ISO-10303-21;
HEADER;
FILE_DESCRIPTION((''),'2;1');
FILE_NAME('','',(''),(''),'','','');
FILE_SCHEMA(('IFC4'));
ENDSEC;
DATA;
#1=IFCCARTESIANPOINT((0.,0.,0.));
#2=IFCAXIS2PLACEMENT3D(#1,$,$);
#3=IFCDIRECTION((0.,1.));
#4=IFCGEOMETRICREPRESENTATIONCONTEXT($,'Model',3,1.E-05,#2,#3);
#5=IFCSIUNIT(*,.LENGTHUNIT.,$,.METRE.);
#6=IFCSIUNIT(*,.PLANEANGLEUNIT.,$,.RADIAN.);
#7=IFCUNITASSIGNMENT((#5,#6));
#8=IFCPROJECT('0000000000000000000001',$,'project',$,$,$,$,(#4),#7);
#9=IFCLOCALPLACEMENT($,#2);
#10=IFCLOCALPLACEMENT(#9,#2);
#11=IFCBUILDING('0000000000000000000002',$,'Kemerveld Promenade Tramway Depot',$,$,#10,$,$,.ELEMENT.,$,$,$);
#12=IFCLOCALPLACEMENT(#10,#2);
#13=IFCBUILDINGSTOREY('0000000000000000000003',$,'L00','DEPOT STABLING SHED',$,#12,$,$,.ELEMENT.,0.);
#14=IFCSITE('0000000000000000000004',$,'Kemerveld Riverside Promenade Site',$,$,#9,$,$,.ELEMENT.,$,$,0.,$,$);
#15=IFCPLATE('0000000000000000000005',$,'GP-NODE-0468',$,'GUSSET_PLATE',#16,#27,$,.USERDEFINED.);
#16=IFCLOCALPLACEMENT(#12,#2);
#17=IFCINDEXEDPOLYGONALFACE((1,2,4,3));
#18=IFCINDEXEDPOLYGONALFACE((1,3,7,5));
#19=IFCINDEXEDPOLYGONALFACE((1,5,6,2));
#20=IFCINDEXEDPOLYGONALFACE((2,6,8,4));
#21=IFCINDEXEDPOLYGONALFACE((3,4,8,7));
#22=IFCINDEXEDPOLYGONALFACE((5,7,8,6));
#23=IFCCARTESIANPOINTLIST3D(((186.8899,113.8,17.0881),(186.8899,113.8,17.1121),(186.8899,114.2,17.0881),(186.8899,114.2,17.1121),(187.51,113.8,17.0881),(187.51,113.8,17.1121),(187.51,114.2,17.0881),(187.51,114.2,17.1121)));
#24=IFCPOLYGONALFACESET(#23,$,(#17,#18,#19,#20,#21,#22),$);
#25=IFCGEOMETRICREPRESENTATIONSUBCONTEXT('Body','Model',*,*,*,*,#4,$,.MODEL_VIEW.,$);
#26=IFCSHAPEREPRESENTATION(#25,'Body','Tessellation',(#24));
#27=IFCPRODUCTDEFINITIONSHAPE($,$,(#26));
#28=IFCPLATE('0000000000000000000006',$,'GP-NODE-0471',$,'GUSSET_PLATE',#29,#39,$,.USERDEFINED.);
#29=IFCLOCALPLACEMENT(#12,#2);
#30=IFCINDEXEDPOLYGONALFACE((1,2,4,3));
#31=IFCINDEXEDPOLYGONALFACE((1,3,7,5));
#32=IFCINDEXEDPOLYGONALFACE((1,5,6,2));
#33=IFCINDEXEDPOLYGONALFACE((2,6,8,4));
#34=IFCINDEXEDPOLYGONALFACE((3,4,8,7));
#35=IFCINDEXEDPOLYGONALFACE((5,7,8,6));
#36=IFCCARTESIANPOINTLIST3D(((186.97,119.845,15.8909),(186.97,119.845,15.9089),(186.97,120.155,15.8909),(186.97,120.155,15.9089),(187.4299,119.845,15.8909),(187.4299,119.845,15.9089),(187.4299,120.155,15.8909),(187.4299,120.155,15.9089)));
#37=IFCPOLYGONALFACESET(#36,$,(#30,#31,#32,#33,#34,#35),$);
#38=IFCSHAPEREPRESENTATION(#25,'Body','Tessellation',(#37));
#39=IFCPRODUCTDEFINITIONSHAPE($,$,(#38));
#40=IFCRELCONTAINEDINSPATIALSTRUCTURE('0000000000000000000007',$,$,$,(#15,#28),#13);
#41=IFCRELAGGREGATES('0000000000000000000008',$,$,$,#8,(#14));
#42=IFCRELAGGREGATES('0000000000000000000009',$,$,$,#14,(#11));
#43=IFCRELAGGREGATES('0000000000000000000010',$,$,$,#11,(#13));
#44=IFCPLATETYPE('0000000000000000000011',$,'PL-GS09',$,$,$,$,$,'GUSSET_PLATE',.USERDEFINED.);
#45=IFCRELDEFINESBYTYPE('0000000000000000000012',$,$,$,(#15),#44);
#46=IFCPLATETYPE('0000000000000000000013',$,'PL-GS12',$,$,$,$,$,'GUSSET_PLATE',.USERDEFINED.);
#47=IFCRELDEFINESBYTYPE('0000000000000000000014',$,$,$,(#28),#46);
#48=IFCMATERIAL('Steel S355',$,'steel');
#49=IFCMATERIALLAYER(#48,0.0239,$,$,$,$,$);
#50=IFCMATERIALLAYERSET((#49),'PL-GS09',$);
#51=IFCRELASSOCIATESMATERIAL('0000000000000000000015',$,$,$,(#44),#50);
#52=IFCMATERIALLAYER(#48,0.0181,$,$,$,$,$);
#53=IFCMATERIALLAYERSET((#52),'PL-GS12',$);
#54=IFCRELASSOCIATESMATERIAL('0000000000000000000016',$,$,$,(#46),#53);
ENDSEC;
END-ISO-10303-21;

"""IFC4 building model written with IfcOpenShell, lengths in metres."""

from ifc_helpers import new_model, si_unit, direction, frame, origin, origin_2d, place, context, subcontext, project, spatial, rectangle, extrude, material, layer, layer_set, type_object, element, save


model = new_model("IFC4")

# Units and contexts
model_context = context("Model", 3, precision=1e-05, world=origin(), true_north=direction((0.0, 1.0)))
body_context = subcontext(model_context, "Body", "Model", "MODEL_VIEW")
ifc_project = project(units=[si_unit("LENGTHUNIT", "METRE"), si_unit("PLANEANGLEUNIT", "RADIAN")], contexts=[model_context])

# Site, building, storey
site_placement = place(None, origin())
site = spatial("IfcSite", under=ifc_project, at=site_placement, Name="Kemerveld Riverside Promenade Site", CompositionType="ELEMENT", RefElevation=0.0)
building_placement = place(site_placement, origin())
building = spatial("IfcBuilding", under=site, at=building_placement, Name="Kemerveld Promenade Tramway Depot", CompositionType="ELEMENT")
storey_placement = place(building_placement, origin())
storey = spatial("IfcBuildingStorey", under=building, at=storey_placement, Name="L00", Description="DEPOT STABLING SHED", CompositionType="ELEMENT", Elevation=0.0)

# Shared definitions
ifc_material = material(Name="Steel S355", Category="steel")

# Plates
ifc_layer_1 = layer(ifc_material, 0.0239)
ifc_layer_set_1 = layer_set([ifc_layer_1], Name="PL-GS09")
plate_type_1 = type_object("IfcPlateType", Name="PL-GS09", ElementType="GUSSET_PLATE", PredefinedType="USERDEFINED", material=ifc_layer_set_1)
for number, where, z_axis, x_axis, name in (
    (1, (187.2, 114.0, 17.0881), (0.0, 0.0, 1.0), (1.0, 0.0, 0.0), "GP-NODE-0468"),
):
    element("IfcPlate", number, at=place(storey_placement, frame(where, z_axis=z_axis, x_axis=x_axis)), inside=storey, type_object=plate_type_1, Name=name, ObjectType="GUSSET_PLATE", PredefinedType="USERDEFINED", context=body_context, shape_type="SweptSolid", body=[
        extrude(rectangle(XDim=0.6201, YDim=0.3999, at=origin_2d()), origin(), (0.0, 0.0, 1.0), 0.0239),
    ])
ifc_layer_2 = layer(ifc_material, 0.0181)
ifc_layer_set_2 = layer_set([ifc_layer_2], Name="PL-GS12")
plate_type_2 = type_object("IfcPlateType", Name="PL-GS12", ElementType="GUSSET_PLATE", PredefinedType="USERDEFINED", material=ifc_layer_set_2)
plate_1_placement = place(storey_placement, frame((187.2, 120.0, 15.8909), z_axis=(0.0, 0.0, 1.0), x_axis=(1.0, 0.0, 0.0)))
element("IfcPlate", 2, at=plate_1_placement, inside=storey, type_object=plate_type_2, Name="GP-NODE-0471", ObjectType="GUSSET_PLATE", PredefinedType="USERDEFINED", context=body_context, shape_type="SweptSolid", body=[
    extrude(rectangle(XDim=0.46, YDim=0.3101, at=origin_2d()), origin(), (0.0, 0.0, 1.0), 0.0181),
])

save(model, "model.ifc")
